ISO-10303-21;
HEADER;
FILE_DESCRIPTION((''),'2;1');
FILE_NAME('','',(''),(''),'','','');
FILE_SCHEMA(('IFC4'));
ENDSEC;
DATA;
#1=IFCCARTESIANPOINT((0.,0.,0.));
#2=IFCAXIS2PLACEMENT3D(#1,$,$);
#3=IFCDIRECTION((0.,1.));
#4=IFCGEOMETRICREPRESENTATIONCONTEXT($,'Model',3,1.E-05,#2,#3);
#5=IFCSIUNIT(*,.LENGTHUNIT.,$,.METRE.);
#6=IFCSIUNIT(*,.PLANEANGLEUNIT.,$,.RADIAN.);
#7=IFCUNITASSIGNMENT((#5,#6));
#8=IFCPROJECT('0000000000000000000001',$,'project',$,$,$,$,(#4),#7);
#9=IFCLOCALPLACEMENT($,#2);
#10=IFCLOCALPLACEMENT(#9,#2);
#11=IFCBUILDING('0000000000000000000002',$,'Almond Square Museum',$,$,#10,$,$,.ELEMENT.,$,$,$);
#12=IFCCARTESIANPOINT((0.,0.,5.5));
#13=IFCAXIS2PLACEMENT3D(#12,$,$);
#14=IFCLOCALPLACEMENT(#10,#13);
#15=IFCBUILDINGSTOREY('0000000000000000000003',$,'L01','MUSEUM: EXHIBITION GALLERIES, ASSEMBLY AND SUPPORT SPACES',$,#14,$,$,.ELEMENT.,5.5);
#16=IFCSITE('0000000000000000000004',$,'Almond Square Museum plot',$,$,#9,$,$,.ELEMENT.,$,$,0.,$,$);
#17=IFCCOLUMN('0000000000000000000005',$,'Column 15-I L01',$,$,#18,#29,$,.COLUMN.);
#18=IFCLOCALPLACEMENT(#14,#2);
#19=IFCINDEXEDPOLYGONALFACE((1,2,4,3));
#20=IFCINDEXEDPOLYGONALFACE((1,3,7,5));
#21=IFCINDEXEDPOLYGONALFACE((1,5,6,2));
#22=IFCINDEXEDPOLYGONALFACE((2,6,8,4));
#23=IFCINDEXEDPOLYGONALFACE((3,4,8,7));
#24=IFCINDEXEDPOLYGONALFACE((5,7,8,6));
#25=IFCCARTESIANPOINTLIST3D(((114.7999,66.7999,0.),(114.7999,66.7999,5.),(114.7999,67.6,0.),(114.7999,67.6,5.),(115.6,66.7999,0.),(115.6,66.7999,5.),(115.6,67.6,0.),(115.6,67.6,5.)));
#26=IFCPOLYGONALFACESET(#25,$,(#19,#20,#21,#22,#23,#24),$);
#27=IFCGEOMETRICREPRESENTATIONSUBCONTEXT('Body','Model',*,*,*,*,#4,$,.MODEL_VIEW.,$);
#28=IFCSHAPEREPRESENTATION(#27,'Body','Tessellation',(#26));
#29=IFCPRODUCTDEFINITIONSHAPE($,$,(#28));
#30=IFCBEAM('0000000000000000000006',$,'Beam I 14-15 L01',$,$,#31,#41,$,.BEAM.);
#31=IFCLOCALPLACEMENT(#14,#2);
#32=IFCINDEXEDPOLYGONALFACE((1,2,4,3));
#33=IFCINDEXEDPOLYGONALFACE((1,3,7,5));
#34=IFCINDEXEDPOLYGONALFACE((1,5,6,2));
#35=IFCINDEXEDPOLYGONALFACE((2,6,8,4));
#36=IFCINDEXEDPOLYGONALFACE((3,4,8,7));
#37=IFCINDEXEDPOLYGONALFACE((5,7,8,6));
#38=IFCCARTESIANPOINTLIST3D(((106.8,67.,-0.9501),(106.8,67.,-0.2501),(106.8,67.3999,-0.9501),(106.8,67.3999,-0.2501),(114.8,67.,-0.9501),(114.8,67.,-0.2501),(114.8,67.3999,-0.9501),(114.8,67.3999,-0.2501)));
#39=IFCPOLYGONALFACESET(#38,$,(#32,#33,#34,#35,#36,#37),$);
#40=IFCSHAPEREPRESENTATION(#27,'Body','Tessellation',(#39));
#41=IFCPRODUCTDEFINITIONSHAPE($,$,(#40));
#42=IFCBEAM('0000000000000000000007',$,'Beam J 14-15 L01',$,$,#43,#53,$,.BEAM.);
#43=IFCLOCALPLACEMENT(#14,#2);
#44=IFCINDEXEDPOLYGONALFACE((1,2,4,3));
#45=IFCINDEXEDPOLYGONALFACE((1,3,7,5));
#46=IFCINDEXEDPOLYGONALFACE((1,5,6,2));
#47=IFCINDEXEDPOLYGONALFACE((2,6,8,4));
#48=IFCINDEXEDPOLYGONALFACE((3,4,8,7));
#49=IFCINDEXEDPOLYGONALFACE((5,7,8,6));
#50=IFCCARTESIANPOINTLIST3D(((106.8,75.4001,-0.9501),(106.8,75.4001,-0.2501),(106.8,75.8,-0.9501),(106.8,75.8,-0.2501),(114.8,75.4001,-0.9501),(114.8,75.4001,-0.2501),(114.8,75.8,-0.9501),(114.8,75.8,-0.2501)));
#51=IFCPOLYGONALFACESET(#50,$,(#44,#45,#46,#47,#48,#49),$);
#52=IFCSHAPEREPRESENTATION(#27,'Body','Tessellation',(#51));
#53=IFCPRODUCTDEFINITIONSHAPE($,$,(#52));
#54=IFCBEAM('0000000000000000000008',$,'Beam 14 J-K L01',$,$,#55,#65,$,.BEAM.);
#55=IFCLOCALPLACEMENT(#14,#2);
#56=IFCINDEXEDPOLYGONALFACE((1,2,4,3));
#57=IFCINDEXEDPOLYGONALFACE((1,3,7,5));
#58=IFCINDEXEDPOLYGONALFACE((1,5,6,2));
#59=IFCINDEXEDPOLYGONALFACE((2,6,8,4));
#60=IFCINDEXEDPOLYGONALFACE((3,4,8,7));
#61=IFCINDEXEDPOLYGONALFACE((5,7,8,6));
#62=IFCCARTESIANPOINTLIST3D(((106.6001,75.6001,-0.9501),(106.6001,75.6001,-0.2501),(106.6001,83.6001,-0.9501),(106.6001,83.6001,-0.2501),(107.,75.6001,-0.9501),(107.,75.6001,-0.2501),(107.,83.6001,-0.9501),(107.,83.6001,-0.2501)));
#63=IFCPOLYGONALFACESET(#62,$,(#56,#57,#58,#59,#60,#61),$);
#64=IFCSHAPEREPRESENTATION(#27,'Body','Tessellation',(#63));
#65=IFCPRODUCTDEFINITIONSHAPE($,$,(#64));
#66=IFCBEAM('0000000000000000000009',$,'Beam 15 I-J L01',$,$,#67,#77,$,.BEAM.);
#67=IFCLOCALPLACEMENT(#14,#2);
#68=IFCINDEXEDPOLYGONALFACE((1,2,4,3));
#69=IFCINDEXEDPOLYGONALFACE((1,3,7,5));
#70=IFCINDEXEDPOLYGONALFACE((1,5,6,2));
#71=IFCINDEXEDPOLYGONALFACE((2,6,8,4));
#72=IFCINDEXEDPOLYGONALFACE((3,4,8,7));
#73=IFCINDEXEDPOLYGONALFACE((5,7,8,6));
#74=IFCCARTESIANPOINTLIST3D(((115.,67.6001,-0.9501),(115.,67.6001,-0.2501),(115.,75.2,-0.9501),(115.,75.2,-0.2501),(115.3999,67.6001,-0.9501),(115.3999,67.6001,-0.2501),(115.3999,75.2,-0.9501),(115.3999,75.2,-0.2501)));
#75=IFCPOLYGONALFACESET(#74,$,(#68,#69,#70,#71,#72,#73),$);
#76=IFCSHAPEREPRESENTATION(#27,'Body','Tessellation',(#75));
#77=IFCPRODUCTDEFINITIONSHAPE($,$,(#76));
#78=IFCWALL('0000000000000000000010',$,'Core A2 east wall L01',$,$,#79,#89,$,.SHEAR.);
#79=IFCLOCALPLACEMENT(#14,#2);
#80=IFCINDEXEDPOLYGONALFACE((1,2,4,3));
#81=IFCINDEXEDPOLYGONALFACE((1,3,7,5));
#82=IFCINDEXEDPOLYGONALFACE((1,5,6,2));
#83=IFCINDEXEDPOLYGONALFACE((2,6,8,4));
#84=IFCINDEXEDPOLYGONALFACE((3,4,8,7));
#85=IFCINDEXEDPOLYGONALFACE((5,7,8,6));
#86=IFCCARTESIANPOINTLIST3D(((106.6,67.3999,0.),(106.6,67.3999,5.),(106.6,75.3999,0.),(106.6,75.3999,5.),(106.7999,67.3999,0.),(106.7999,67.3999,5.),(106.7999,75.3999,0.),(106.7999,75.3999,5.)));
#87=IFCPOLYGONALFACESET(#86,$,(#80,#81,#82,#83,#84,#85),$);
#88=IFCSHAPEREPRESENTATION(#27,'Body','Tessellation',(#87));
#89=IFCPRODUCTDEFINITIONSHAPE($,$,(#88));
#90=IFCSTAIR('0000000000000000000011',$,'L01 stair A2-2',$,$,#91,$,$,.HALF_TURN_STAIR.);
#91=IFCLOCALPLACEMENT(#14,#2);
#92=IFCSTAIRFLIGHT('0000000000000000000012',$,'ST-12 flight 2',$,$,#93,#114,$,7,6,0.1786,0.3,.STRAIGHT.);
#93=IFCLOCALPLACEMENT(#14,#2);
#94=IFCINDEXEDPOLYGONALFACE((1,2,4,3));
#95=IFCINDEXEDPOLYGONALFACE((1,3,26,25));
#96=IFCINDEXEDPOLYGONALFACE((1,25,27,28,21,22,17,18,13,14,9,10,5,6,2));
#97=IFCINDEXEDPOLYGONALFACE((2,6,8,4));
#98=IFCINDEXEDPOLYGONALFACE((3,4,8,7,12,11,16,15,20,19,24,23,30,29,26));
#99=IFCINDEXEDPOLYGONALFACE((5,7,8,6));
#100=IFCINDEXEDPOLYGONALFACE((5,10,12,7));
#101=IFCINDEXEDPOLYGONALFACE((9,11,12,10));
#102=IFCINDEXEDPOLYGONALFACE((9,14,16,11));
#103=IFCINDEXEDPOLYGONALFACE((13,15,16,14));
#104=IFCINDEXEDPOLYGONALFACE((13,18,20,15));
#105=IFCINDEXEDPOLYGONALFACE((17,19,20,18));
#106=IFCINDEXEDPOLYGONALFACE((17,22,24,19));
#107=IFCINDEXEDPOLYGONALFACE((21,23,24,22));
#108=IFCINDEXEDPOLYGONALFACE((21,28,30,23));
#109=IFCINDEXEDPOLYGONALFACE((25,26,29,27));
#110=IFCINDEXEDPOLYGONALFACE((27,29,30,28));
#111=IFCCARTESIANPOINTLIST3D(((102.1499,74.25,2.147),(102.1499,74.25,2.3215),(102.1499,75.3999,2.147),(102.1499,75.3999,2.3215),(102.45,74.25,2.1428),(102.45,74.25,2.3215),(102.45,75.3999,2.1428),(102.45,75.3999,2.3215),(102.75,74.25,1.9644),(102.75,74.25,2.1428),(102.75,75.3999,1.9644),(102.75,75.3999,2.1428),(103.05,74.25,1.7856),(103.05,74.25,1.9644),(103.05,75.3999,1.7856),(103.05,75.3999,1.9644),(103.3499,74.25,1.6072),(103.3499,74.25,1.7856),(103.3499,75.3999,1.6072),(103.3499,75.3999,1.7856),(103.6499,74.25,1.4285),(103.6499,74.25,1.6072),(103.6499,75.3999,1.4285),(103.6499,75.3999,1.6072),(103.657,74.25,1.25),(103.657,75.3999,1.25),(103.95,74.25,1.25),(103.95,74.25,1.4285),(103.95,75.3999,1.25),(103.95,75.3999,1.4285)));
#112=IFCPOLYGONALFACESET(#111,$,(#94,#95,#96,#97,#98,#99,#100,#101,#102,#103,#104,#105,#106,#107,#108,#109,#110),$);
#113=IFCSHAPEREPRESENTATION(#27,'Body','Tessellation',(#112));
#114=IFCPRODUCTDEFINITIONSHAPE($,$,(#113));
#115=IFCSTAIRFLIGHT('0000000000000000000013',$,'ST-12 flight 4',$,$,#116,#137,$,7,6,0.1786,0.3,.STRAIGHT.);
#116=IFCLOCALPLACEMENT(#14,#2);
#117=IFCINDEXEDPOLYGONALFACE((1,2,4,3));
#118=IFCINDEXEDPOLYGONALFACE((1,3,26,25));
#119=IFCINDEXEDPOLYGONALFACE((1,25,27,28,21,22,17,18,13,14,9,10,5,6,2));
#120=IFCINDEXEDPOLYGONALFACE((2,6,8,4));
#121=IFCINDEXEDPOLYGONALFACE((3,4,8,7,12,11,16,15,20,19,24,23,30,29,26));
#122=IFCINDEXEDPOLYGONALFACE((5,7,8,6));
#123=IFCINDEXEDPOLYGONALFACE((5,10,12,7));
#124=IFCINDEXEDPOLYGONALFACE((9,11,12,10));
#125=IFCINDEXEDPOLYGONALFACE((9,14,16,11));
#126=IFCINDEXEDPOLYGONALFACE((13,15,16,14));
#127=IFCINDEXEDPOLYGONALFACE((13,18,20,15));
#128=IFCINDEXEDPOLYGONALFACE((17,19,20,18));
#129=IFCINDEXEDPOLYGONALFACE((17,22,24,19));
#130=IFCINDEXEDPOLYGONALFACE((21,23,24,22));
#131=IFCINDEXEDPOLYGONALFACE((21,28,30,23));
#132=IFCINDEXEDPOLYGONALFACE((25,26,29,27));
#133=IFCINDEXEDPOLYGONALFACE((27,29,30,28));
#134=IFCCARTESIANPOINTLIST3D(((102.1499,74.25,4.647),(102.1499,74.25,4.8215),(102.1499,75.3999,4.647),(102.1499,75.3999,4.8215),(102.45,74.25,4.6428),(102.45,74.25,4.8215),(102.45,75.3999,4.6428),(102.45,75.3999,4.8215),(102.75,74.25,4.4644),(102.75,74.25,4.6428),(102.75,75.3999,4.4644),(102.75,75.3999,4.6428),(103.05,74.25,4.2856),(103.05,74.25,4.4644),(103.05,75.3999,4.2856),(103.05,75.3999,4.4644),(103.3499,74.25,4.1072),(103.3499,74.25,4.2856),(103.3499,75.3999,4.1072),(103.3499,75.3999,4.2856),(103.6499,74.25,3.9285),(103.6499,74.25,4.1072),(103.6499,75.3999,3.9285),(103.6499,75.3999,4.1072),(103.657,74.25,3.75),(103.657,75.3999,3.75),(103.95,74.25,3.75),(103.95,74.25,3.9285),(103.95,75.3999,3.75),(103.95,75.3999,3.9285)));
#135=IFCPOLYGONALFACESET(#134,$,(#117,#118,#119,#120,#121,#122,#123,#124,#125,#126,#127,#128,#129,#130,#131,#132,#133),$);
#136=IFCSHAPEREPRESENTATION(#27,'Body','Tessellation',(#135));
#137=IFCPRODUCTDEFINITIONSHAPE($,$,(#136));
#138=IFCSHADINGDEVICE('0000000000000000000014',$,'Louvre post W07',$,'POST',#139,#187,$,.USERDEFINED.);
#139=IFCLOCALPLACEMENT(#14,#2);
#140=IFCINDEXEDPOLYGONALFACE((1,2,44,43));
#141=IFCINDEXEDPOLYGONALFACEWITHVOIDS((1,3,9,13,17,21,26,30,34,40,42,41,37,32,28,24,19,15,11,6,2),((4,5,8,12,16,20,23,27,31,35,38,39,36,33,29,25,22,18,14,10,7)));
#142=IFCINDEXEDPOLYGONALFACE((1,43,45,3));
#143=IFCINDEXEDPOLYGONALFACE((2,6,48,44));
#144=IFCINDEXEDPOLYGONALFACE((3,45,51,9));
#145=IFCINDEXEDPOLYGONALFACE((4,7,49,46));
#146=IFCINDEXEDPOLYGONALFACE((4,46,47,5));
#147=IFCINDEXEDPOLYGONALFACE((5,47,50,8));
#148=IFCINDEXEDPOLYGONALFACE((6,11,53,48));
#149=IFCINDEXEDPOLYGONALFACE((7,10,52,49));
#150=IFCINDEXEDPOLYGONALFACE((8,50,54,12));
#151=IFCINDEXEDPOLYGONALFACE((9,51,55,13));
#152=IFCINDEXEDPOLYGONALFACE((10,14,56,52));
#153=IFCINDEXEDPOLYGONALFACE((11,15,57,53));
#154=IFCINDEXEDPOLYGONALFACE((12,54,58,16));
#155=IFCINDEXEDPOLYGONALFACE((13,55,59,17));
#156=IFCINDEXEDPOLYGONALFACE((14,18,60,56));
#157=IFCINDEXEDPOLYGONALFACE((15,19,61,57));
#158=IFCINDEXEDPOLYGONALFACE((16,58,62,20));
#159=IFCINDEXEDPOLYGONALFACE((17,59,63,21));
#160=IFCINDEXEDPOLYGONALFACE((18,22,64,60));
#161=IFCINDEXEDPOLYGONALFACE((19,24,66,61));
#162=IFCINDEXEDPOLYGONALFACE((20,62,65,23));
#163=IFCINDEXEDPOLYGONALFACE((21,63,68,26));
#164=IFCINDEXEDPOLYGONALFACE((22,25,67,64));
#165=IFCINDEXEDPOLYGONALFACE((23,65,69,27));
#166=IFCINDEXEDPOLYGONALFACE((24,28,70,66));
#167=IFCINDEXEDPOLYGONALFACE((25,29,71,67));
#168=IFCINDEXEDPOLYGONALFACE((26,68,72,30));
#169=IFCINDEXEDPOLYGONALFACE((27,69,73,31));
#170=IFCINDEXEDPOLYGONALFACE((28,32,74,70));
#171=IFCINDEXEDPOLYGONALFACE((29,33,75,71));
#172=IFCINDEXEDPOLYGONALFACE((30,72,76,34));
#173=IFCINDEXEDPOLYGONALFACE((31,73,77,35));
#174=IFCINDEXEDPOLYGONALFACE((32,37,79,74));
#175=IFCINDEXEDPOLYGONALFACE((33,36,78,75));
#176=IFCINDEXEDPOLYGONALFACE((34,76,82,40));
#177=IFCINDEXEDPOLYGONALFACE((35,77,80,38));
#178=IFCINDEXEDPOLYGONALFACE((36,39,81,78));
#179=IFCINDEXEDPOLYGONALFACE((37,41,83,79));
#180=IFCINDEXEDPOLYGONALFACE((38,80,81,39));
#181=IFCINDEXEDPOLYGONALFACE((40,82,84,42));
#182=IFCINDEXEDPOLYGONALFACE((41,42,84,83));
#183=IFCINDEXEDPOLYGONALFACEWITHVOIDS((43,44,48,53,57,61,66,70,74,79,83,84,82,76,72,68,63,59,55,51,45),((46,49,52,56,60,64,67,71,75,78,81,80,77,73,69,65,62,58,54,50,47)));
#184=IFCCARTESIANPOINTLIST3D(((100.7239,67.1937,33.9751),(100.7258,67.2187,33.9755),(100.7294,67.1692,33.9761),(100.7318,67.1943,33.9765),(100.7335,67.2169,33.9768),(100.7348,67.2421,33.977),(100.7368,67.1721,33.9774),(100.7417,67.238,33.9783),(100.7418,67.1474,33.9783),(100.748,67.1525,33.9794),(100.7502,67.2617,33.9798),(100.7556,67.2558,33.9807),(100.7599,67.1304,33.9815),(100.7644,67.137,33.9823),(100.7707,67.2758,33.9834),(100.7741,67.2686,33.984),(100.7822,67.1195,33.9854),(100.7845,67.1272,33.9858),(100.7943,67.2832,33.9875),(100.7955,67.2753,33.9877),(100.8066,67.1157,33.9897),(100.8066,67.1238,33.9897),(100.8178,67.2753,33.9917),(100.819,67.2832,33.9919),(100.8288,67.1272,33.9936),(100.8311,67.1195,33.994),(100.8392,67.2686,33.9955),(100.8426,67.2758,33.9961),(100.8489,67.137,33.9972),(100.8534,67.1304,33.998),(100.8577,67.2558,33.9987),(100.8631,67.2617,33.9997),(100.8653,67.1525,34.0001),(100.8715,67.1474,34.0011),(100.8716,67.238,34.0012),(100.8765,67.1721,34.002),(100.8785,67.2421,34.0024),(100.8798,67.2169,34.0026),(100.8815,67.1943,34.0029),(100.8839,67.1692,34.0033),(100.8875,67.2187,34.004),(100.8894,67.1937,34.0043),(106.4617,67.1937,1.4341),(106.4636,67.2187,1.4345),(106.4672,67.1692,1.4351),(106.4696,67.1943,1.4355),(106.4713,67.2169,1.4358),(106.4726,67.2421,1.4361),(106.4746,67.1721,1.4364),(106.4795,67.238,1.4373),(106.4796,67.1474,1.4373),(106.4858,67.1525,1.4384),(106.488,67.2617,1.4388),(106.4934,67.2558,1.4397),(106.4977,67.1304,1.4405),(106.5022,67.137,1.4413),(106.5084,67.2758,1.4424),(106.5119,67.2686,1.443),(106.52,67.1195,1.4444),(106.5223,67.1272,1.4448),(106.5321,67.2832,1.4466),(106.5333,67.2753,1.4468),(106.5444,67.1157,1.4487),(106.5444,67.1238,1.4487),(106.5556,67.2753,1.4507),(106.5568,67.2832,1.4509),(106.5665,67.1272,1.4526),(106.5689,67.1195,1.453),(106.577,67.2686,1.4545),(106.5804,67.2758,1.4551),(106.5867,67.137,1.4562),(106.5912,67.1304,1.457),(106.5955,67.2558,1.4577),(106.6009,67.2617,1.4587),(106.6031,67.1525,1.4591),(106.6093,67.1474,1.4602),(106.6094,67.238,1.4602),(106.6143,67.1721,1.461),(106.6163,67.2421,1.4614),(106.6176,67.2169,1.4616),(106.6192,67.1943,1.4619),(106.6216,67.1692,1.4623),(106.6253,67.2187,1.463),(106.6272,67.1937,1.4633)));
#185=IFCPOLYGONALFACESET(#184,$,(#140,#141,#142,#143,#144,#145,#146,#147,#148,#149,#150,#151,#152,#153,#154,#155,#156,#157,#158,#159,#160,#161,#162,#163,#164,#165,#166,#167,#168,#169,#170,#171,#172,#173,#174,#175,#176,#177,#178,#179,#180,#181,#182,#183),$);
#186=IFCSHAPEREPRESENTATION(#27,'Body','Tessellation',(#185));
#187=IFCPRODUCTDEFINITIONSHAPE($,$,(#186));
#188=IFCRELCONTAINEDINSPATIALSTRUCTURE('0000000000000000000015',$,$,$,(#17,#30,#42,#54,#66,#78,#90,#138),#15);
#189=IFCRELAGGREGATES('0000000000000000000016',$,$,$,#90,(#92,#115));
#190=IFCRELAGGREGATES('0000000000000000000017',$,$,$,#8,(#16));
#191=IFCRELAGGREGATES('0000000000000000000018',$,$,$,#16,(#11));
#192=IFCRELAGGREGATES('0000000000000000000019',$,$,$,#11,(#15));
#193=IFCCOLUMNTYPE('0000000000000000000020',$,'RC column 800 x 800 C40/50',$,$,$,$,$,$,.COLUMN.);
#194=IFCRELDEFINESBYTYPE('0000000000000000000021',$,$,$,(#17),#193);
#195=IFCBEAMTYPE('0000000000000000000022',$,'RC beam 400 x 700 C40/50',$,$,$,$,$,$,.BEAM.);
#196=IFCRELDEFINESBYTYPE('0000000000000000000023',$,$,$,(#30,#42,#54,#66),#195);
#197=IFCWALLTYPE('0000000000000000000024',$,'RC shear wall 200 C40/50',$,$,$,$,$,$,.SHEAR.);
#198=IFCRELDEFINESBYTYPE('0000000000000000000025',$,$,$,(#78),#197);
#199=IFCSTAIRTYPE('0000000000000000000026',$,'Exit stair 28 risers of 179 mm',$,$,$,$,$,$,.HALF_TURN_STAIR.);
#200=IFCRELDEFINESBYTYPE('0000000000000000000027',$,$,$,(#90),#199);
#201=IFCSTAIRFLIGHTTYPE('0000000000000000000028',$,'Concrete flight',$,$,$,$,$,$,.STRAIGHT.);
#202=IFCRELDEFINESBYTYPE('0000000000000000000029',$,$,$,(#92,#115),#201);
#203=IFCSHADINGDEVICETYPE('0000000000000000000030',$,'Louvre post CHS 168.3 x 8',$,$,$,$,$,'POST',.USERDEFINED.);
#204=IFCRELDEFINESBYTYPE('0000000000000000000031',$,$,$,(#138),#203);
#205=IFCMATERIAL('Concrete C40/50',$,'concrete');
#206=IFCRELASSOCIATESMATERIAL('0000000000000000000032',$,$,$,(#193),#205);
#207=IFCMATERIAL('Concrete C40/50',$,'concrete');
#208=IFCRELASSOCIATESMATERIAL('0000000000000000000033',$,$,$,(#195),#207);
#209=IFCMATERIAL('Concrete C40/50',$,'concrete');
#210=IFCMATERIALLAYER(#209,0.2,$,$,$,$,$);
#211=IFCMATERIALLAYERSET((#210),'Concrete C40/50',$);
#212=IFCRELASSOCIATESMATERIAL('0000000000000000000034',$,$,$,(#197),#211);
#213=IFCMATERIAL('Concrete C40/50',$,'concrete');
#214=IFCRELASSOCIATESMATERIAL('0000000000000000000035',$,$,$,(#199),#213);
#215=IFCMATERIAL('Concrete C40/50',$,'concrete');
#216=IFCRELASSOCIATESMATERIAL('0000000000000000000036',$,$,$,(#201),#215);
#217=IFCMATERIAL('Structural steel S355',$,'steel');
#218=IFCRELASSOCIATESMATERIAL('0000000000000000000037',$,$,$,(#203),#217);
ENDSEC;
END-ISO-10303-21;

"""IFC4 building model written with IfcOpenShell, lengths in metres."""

from ifc_helpers import new_model, si_unit, direction, frame, frame_2d, origin, origin_2d, place, context, subcontext, project, spatial, polyline, rectangle, hollow_circle, outline, extrude, material, layer, layer_set, material_profile, profile_set, type_object, element, aggregate, save


model = new_model("IFC4")

# Units and contexts
model_context = context("Model", 3, precision=1e-05, world=origin(), true_north=direction((0.0, 1.0)))
body_context = subcontext(model_context, "Body", "Model", "MODEL_VIEW")
ifc_project = project(units=[si_unit("LENGTHUNIT", "METRE"), si_unit("PLANEANGLEUNIT", "RADIAN")], contexts=[model_context])

# Site, building, storey
site_placement = place(None, origin())
site = spatial("IfcSite", under=ifc_project, at=site_placement, Name="Almond Square Museum plot", CompositionType="ELEMENT", RefElevation=0.0)
building_placement = place(site_placement, origin())
building = spatial("IfcBuilding", under=site, at=building_placement, Name="Almond Square Museum", CompositionType="ELEMENT")
storey_placement = place(building_placement, frame((0.0, 0.0, 5.5)))
storey = spatial("IfcBuildingStorey", under=building, at=storey_placement, Name="L01", Description="MUSEUM: EXHIBITION GALLERIES, ASSEMBLY AND SUPPORT SPACES", CompositionType="ELEMENT", Elevation=5.5)

# Column
ifc_material_1 = material(Name="Concrete C40/50", Category="concrete")
ifc_material_profile_1 = material_profile(ifc_material_1, rectangle(XDim=0.8, YDim=0.8, at=origin_2d()))
ifc_profile_set_1 = profile_set([ifc_material_profile_1], Name="Concrete C40/50")
column_type = type_object("IfcColumnType", Name="RC column 800 x 800 C40/50", PredefinedType="COLUMN", material=ifc_profile_set_1)
column_placement = place(storey_placement, frame((115.2, 67.2, 0.0), z_axis=(0.0, 0.0, 1.0), x_axis=(1.0, 0.0, 0.0)))
element("IfcColumn", 1, at=column_placement, inside=storey, type_object=column_type, Name="Column 15-I L01", PredefinedType="COLUMN", context=body_context, shape_type="SweptSolid", body=[
    extrude(rectangle(XDim=0.8, YDim=0.8, at=origin_2d()), origin(), (0.0, 0.0, 1.0), 5.0),
])

# Beams
ifc_material_2 = material(Name="Concrete C40/50", Category="concrete")
ifc_material_profile_2 = material_profile(ifc_material_2, rectangle(XDim=0.3999, YDim=0.7, at=origin_2d()))
ifc_profile_set_2 = profile_set([ifc_material_profile_2], Name="Concrete C40/50")
beam_type = type_object("IfcBeamType", Name="RC beam 400 x 700 C40/50", PredefinedType="BEAM", material=ifc_profile_set_2)
for number, where, z_axis, x_axis, name in (
    (2, (106.8, 67.2, -0.6001), (1.0, 0.0, 0.0), (0.0, 1.0, 0.0), "Beam I 14-15 L01"),
    (3, (106.8, 75.6001, -0.6001), (1.0, 0.0, 0.0), (0.0, 1.0, 0.0), "Beam J 14-15 L01"),
    (4, (106.8, 75.6001, -0.6001), (0.0, 1.0, 0.0), (-1.0, 0.0, 0.0), "Beam 14 J-K L01"),
):
    element("IfcBeam", number, at=place(storey_placement, frame(where, z_axis=z_axis, x_axis=x_axis)), inside=storey, type_object=beam_type, Name=name, PredefinedType="BEAM", context=body_context, shape_type="SweptSolid", body=[
        extrude(rectangle(XDim=0.3999, YDim=0.7, at=origin_2d()), origin(), (0.0, 0.0, 1.0), 8.0),
    ])
beam_placement = place(storey_placement, frame((115.2, 67.6001, -0.6001), z_axis=(0.0, 1.0, 0.0), x_axis=(-1.0, 0.0, 0.0)))
element("IfcBeam", 5, at=beam_placement, inside=storey, type_object=beam_type, Name="Beam 15 I-J L01", PredefinedType="BEAM", context=body_context, shape_type="SweptSolid", body=[
    extrude(rectangle(XDim=0.3999, YDim=0.7, at=origin_2d()), origin(), (0.0, 0.0, 1.0), 7.5999),
])

# Wall
ifc_material_3 = material(Name="Concrete C40/50", Category="concrete")
ifc_layer_1 = layer(ifc_material_3, 0.2)
ifc_layer_set_1 = layer_set([ifc_layer_1], Name="Concrete C40/50")
wall_type_1 = type_object("IfcWallType", Name="RC shear wall 200 C40/50", PredefinedType="SHEAR", material=ifc_layer_set_1)
wall_1_placement = place(storey_placement, frame((106.7, 67.3999, 0.0), z_axis=(0.0, 0.0, 1.0), x_axis=(0.0, 1.0, 0.0)))
element("IfcWall", 6, at=wall_1_placement, inside=storey, type_object=wall_type_1, Name="Core A2 east wall L01", PredefinedType="SHEAR", context=body_context, shape_type="SweptSolid", body=[
    extrude(rectangle(XDim=8.0, YDim=0.2, at=frame_2d((4.0, 0.0))), origin(), (0.0, 0.0, 1.0), 5.0),
])

# Stair, stair flights
ifc_material_4 = material(Name="Concrete C40/50", Category="concrete")
stair_type = type_object("IfcStairType", Name="Exit stair 28 risers of 179 mm", PredefinedType="HALF_TURN_STAIR", material=ifc_material_4)
stair_placement = place(storey_placement, origin())
stair = element("IfcStair", 7, at=stair_placement, inside=storey, type_object=stair_type, Name="L01 stair A2-2", PredefinedType="HALF_TURN_STAIR")
ifc_material_5 = material(Name="Concrete C40/50", Category="concrete")
stair_flight_type = type_object("IfcStairFlightType", Name="Concrete flight", PredefinedType="STRAIGHT", material=ifc_material_5)
stair_flight_1_placement = place(storey_placement, frame((103.95, 74.825, 1.25), z_axis=(0.0, 0.0, 1.0), x_axis=(-1.0, 0.0, 0.0)))
stair_flight_1 = element("IfcStairFlight", 8, at=stair_flight_1_placement, type_object=stair_flight_type, Name="ST-12 flight 2", NumberOfRisers=7, NumberOfTreads=6, PredefinedType="STRAIGHT", RiserHeight=0.1786, TreadLength=0.3, context=body_context, shape_type="SweptSolid", body=[
    extrude(outline(polyline([(0.0, 0.0), (0.0, 0.1785), (0.3, 0.1785), (0.3, 0.3572), (0.6001, 0.3572), (0.6001, 0.5356), (0.8999, 0.5356), (0.8999, 0.7144), (1.2, 0.7144), (1.2, 0.8928), (1.5, 0.8928), (1.5, 1.0715), (1.8, 1.0715), (1.8, 1.25), (1.8, 0.897), (0.293, 0.0), (0.0, 0.0)])), frame((0.0, 0.575, 0.0), z_axis=(0.0, -1.0, 0.0), x_axis=(1.0, 0.0, 0.0)), (0.0, 0.0, 1.0), 1.1499),
])
stair_flight_2_placement = place(storey_placement, frame((103.95, 74.825, 3.75), z_axis=(0.0, 0.0, 1.0), x_axis=(-1.0, 0.0, 0.0)))
stair_flight_2 = element("IfcStairFlight", 9, at=stair_flight_2_placement, type_object=stair_flight_type, Name="ST-12 flight 4", NumberOfRisers=7, NumberOfTreads=6, PredefinedType="STRAIGHT", RiserHeight=0.1786, TreadLength=0.3, context=body_context, shape_type="SweptSolid", body=[
    extrude(outline(polyline([(0.0, 0.0), (0.0, 0.1785), (0.3, 0.1785), (0.3, 0.3572), (0.6001, 0.3572), (0.6001, 0.5356), (0.8999, 0.5356), (0.8999, 0.7144), (1.2, 0.7144), (1.2, 0.8928), (1.5, 0.8928), (1.5, 1.0715), (1.8, 1.0715), (1.8, 1.25), (1.8, 0.897), (0.293, 0.0), (0.0, 0.0)])), frame((0.0, 0.575, 0.0), z_axis=(0.0, -1.0, 0.0), x_axis=(1.0, 0.0, 0.0)), (0.0, 0.0, 1.0), 1.1499),
])
aggregate(stair, [stair_flight_1, stair_flight_2])

# Shading device
ifc_material_6 = material(Name="Structural steel S355", Category="steel")
ifc_material_profile_3 = material_profile(ifc_material_6, hollow_circle(Radius=0.0842, WallThickness=0.0081, at=origin_2d()))
ifc_profile_set_3 = profile_set([ifc_material_profile_3], Name="Structural steel S355")
shading_device_type = type_object("IfcShadingDeviceType", Name="Louvre post CHS 168.3 x 8", ElementType="POST", PredefinedType="USERDEFINED", material=ifc_profile_set_3)
shading_device_placement = place(storey_placement, frame((106.5444, 67.2, 1.4487), z_axis=(-0.173646, 0.0, 0.984808), x_axis=(0.0, -1.0, 0.0)))
element("IfcShadingDevice", 10, at=shading_device_placement, inside=storey, type_object=shading_device_type, Name="Louvre post W07", ObjectType="POST", PredefinedType="USERDEFINED", context=body_context, shape_type="SweptSolid", body=[
    extrude(hollow_circle(Radius=0.0842, WallThickness=0.0081, at=origin_2d()), origin(), (0.0, 0.0, 1.0), 33.043),
])

save(model, "model.ifc")
